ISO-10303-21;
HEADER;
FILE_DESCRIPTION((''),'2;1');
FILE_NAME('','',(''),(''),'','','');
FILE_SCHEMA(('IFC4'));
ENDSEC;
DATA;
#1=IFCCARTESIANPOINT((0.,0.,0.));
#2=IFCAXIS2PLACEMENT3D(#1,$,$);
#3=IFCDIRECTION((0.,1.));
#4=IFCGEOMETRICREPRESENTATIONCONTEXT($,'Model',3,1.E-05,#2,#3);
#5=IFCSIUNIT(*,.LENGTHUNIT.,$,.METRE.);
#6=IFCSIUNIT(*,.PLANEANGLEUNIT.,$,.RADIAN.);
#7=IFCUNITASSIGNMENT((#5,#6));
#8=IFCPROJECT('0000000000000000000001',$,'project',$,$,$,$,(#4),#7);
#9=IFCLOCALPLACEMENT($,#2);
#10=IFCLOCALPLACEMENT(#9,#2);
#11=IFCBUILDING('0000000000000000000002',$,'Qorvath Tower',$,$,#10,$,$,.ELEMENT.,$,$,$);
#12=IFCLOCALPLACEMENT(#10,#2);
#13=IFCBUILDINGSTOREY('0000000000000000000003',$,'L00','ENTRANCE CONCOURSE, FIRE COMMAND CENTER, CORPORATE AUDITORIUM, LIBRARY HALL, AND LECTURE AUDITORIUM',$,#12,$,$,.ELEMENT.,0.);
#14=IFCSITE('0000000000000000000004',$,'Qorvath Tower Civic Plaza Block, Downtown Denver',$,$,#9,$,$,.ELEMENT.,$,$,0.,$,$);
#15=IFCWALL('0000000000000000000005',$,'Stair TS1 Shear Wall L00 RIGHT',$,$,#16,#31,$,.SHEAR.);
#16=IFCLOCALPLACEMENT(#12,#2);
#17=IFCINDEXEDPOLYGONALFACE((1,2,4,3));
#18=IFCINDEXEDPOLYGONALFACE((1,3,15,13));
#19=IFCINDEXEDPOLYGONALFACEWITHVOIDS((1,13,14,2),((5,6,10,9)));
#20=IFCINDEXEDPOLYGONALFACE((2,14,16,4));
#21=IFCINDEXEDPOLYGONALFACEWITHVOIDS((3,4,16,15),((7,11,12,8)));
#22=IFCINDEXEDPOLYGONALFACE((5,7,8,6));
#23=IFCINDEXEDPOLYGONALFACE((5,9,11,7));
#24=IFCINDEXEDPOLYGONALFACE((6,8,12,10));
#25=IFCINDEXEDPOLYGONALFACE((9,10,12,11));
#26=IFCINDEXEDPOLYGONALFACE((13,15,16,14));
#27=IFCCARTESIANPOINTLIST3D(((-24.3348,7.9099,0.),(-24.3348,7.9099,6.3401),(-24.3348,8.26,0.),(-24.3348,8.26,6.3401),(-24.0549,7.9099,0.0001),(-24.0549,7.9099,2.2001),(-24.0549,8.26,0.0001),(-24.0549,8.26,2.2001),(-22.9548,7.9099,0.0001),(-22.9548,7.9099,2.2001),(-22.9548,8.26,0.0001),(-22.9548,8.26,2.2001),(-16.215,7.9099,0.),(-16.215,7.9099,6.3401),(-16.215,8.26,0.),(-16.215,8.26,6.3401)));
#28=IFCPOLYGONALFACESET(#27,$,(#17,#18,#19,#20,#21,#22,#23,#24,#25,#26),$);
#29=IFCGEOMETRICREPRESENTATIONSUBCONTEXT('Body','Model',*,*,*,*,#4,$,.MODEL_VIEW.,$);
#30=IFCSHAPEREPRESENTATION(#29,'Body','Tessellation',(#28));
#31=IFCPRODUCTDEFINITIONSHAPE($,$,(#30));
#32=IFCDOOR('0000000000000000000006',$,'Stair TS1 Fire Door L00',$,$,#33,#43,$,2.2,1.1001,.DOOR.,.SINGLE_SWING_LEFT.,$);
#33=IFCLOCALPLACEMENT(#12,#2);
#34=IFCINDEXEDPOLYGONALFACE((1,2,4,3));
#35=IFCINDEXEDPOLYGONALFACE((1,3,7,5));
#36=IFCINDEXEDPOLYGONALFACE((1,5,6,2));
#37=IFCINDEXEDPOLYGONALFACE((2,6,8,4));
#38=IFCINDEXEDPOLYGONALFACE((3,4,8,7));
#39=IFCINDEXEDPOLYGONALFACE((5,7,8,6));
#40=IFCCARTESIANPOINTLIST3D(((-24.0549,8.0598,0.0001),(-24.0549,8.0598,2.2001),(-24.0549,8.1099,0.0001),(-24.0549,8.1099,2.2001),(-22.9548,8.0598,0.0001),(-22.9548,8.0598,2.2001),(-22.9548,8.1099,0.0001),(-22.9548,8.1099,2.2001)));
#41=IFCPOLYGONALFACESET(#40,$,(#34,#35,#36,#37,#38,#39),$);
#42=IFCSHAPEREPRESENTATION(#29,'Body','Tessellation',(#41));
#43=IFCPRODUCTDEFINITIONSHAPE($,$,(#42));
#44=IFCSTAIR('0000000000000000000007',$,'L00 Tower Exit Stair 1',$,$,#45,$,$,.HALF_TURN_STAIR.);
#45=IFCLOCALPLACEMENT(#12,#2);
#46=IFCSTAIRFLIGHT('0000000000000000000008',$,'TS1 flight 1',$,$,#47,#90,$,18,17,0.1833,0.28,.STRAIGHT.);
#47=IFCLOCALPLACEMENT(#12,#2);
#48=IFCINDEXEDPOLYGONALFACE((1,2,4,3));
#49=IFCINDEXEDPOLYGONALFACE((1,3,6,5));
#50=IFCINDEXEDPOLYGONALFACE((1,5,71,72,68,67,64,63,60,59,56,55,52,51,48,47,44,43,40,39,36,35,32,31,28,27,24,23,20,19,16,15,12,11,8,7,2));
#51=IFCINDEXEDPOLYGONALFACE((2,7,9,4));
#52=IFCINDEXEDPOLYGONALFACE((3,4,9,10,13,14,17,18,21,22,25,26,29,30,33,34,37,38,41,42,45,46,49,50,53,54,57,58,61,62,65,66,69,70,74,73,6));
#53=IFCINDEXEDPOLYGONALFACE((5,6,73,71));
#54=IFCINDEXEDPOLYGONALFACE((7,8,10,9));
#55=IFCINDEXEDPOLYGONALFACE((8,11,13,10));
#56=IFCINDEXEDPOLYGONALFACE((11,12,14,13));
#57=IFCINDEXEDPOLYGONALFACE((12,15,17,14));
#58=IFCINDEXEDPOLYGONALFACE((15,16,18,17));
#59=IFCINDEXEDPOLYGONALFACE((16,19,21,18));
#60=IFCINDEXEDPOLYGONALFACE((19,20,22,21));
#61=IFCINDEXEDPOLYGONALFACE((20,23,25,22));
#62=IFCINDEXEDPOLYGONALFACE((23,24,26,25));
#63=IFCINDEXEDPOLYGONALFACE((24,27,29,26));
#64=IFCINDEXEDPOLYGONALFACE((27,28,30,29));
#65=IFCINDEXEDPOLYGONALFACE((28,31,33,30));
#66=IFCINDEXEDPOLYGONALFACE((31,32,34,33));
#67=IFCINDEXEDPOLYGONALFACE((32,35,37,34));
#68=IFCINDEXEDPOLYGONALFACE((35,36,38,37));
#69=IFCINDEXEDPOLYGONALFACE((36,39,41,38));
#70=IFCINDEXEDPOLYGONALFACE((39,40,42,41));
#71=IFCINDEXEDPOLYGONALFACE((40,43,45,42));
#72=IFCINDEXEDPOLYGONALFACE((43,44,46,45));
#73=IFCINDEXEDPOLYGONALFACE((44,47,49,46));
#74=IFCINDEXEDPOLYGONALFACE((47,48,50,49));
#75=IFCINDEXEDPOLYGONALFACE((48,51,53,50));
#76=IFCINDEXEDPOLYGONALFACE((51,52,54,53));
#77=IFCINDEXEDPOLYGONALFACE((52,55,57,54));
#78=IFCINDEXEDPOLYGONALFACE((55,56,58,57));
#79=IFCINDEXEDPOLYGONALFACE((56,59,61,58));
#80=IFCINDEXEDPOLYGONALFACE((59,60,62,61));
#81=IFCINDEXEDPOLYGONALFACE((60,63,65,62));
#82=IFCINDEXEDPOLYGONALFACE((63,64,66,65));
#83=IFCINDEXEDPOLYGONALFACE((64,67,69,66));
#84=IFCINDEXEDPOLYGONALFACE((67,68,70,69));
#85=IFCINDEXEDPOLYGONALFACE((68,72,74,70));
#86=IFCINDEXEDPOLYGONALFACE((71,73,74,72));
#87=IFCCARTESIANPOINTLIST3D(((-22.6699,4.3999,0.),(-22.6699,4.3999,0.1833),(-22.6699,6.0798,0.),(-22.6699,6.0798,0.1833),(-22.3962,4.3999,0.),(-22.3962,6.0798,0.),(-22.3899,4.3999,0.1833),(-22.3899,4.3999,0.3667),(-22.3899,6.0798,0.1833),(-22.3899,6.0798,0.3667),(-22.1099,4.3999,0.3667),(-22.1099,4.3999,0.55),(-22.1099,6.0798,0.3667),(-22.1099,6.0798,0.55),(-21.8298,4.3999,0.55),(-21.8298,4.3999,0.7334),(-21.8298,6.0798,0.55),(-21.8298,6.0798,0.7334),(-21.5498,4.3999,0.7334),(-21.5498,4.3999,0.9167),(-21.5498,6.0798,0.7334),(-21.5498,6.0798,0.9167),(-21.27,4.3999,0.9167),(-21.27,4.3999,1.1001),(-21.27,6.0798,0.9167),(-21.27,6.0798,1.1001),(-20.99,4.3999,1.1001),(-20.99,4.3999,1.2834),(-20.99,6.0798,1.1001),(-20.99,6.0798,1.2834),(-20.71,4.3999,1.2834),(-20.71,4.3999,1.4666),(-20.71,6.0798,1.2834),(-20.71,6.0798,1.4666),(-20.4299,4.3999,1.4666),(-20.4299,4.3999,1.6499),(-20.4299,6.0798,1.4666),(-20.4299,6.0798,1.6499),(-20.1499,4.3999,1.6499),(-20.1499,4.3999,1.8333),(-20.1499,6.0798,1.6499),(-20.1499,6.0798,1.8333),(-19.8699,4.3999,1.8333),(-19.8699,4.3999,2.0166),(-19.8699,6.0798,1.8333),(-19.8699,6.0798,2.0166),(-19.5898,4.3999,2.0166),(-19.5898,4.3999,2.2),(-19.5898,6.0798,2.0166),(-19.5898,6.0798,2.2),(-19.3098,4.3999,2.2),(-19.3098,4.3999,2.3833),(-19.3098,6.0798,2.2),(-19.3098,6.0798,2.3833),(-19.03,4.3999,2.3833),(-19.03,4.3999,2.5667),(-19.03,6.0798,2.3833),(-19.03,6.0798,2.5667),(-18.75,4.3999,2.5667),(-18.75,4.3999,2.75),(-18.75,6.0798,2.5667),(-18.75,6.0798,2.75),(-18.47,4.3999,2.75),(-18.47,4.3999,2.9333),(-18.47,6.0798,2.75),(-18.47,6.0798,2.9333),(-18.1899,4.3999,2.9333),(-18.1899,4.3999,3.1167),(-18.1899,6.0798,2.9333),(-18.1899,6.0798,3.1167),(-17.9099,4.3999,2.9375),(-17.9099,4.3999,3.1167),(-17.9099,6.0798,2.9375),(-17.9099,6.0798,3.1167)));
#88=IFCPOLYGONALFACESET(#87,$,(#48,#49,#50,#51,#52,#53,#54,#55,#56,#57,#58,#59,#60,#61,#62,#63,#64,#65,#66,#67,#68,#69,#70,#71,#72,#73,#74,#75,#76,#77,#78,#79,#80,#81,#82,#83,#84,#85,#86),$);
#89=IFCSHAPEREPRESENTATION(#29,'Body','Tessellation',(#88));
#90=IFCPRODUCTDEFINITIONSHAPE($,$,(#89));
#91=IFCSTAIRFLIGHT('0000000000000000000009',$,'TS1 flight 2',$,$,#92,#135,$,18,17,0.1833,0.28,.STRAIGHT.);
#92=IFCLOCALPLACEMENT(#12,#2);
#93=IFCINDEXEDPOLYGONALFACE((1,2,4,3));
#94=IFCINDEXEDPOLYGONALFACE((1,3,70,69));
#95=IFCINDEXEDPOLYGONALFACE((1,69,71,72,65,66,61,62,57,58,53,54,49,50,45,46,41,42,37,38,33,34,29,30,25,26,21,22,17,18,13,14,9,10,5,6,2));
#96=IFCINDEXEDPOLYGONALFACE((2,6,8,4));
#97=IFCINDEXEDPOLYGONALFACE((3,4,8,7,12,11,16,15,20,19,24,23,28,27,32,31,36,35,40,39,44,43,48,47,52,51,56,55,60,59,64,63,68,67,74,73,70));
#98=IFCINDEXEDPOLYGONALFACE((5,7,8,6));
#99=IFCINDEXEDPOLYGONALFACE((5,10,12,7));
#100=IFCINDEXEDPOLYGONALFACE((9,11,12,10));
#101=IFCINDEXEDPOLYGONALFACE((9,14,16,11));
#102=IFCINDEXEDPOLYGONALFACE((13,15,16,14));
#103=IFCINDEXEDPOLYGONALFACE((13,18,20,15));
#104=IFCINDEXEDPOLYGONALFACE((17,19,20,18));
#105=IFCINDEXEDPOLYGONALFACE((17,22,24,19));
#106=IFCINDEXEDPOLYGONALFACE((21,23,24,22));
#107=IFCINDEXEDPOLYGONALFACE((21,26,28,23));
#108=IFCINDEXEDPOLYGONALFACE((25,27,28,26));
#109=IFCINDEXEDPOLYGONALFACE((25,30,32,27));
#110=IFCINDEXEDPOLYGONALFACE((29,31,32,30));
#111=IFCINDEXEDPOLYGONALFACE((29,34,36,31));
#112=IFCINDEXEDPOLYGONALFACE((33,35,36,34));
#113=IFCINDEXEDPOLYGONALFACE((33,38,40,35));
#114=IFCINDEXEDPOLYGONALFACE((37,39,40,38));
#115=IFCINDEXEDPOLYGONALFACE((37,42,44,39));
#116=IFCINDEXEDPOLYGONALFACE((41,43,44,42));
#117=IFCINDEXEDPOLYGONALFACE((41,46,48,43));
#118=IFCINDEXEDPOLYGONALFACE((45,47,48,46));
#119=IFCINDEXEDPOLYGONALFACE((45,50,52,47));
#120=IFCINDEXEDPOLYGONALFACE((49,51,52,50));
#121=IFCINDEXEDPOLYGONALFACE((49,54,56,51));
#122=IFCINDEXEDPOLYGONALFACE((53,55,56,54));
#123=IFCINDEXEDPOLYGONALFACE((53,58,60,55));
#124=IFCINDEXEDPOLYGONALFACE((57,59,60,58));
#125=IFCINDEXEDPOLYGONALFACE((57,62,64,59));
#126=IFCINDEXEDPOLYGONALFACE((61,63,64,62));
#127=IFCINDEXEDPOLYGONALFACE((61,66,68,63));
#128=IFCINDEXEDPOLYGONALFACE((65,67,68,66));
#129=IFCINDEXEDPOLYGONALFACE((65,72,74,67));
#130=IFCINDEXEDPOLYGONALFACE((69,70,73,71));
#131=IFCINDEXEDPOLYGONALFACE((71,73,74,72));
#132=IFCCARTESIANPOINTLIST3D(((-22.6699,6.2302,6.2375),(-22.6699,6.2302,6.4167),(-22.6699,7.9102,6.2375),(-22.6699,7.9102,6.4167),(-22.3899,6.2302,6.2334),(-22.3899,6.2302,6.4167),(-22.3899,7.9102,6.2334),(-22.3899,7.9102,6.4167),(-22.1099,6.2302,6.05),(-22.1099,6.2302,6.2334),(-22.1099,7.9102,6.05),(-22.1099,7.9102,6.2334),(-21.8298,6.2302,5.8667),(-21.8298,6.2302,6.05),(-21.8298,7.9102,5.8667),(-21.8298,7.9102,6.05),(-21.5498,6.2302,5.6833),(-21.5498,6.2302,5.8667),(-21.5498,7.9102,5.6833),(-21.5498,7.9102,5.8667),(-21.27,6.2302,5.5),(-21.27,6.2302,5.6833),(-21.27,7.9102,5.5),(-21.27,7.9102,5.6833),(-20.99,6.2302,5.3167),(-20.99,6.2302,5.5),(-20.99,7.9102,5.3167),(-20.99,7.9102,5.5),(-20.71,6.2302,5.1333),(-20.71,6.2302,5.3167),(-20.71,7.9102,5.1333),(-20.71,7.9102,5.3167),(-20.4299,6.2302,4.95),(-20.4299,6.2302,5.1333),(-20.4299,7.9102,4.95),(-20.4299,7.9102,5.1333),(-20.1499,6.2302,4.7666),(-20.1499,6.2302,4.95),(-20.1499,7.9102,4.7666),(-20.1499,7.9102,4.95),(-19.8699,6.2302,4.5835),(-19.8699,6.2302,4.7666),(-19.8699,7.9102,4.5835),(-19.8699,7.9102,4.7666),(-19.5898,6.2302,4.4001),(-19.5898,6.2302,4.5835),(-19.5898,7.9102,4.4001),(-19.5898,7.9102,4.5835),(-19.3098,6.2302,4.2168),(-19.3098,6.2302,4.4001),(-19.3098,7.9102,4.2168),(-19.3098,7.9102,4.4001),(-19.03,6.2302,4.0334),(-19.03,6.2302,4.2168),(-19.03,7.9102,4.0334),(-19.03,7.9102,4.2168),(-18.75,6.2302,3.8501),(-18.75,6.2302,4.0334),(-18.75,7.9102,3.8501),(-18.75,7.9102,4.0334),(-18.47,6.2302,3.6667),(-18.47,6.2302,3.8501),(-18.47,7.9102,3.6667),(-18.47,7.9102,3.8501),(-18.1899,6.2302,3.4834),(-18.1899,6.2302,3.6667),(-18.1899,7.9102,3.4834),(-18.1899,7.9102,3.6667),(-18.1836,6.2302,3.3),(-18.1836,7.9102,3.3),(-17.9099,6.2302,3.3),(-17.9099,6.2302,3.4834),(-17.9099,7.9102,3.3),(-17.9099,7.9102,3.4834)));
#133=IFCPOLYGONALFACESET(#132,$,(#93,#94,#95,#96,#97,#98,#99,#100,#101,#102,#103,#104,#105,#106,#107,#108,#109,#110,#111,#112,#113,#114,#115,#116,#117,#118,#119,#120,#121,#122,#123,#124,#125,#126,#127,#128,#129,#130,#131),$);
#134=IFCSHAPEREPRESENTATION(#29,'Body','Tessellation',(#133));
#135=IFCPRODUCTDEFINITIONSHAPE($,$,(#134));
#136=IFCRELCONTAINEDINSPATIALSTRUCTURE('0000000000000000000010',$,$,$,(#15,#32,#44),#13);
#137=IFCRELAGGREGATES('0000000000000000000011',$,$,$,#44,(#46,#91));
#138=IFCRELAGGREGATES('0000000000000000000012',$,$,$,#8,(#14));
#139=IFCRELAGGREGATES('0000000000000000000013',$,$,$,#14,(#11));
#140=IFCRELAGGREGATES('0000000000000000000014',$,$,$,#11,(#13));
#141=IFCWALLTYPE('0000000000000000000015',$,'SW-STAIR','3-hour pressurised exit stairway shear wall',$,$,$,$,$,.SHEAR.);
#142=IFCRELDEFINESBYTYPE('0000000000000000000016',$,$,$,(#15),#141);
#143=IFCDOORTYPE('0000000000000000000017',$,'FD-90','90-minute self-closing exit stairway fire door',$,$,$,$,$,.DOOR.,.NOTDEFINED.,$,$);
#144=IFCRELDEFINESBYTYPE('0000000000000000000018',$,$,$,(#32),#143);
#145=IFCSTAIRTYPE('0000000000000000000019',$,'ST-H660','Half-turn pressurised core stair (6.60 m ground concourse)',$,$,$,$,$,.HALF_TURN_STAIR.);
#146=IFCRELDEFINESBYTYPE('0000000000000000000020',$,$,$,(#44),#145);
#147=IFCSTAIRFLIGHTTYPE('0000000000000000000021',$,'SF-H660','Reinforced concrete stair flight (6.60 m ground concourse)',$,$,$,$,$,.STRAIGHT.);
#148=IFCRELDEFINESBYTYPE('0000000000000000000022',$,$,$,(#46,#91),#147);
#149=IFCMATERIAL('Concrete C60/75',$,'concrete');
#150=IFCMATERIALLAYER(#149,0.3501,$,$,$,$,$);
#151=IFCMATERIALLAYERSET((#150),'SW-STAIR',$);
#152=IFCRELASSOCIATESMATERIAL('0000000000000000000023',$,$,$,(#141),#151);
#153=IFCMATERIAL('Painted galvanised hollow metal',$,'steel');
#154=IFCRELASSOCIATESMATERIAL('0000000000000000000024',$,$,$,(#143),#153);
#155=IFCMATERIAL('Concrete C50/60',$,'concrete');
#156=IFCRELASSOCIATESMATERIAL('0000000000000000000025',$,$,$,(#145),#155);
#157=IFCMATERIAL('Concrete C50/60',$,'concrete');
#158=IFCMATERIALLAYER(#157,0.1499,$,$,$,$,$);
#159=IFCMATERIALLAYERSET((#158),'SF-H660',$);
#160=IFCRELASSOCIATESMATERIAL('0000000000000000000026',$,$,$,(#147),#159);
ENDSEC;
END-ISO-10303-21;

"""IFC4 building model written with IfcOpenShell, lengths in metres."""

from ifc_helpers import new_model, si_unit, direction, frame, frame_2d, origin, place, context, subcontext, project, spatial, polyline, rectangle, outline, extrude, material, layer, layer_set, type_object, element, fill, aggregate, save


model = new_model("IFC4")

# Units and contexts
model_context = context("Model", 3, precision=1e-05, world=origin(), true_north=direction((0.0, 1.0)))
body_context = subcontext(model_context, "Body", "Model", "MODEL_VIEW")
ifc_project = project(units=[si_unit("LENGTHUNIT", "METRE"), si_unit("PLANEANGLEUNIT", "RADIAN")], contexts=[model_context])

# Site, building, storey
site_placement = place(None, origin())
site = spatial("IfcSite", under=ifc_project, at=site_placement, Name="Qorvath Tower Civic Plaza Block, Downtown Denver", CompositionType="ELEMENT", RefElevation=0.0)
building_placement = place(site_placement, origin())
building = spatial("IfcBuilding", under=site, at=building_placement, Name="Qorvath Tower", CompositionType="ELEMENT")
storey_placement = place(building_placement, origin())
storey = spatial("IfcBuildingStorey", under=building, at=storey_placement, Name="L00", Description="ENTRANCE CONCOURSE, FIRE COMMAND CENTER, CORPORATE AUDITORIUM, LIBRARY HALL, AND LECTURE AUDITORIUM", CompositionType="ELEMENT", Elevation=0.0)

# Shared definitions
ifc_material_1 = material(Name="Concrete C60/75", Category="concrete")
ifc_layer_1 = layer(ifc_material_1, 0.3501)
ifc_layer_set_1 = layer_set([ifc_layer_1], Name="SW-STAIR")
wall_type_1 = type_object("IfcWallType", Name="SW-STAIR", Description="3-hour pressurised exit stairway shear wall", PredefinedType="SHEAR", material=ifc_layer_set_1)

# Wall, opening, door
wall_1_placement = place(storey_placement, frame((-24.335, 8.085, 0.0), z_axis=(0.0, 0.0, 1.0), x_axis=(1.0, 0.0, 0.0)))
wall_1 = element("IfcWall", 1, at=wall_1_placement, inside=storey, type_object=wall_type_1, Name="Stair TS1 Shear Wall L00 RIGHT", PredefinedType="SHEAR", context=body_context, shape_type="SweptSolid", body=[
    extrude(rectangle(XDim=8.1199, YDim=0.3501, at=frame_2d((4.0601, 0.0))), origin(), (0.0, 0.0, 1.0), 6.3401),
])
opening_1_placement = place(wall_1_placement, frame((0.28, 0.0, 0.0)))
opening_1 = element("IfcOpeningElement", 2, at=opening_1_placement, cuts=wall_1, PredefinedType="OPENING", context=body_context, shape_type="SweptSolid", body=[
    extrude(rectangle(XDim=1.1001, YDim=2.2, at=frame_2d((0.55, 1.1001))), frame((0.0, 0.1851, 0.0), z_axis=(0.0, -1.0, 0.0), x_axis=(1.0, 0.0, 0.0)), (0.0, 0.0, 1.0), 0.3701),
])
ifc_material_2 = material(Name="Painted galvanised hollow metal", Category="steel")
door_type_1 = type_object("IfcDoorType", Name="FD-90", Description="90-minute self-closing exit stairway fire door", OperationType="NOTDEFINED", PredefinedType="DOOR", material=ifc_material_2)
door_1_placement = place(opening_1_placement, origin())
door_1 = element("IfcDoor", 3, at=door_1_placement, inside=storey, type_object=door_type_1, Name="Stair TS1 Fire Door L00", OperationType="SINGLE_SWING_LEFT", OverallHeight=2.2, OverallWidth=1.1001, PredefinedType="DOOR", context=body_context, shape_type="SweptSolid", body=[
    extrude(rectangle(XDim=1.1001, YDim=2.2, at=frame_2d((0.55, 1.1001))), frame((0.0, 0.0249, 0.0), z_axis=(0.0, -1.0, 0.0), x_axis=(1.0, 0.0, 0.0)), (0.0, 0.0, 1.0), 0.05),
])
fill(opening_1, door_1)

# Stair, stair flights
ifc_material_3 = material(Name="Concrete C50/60", Category="concrete")
stair_type = type_object("IfcStairType", Name="ST-H660", Description="Half-turn pressurised core stair (6.60 m ground concourse)", PredefinedType="HALF_TURN_STAIR", material=ifc_material_3)
stair_placement = place(storey_placement, origin())
stair = element("IfcStair", 4, at=stair_placement, inside=storey, type_object=stair_type, Name="L00 Tower Exit Stair 1", PredefinedType="HALF_TURN_STAIR")
ifc_material_4 = material(Name="Concrete C50/60", Category="concrete")
ifc_layer_2 = layer(ifc_material_4, 0.1499)
ifc_layer_set_2 = layer_set([ifc_layer_2], Name="SF-H660")
stair_flight_type = type_object("IfcStairFlightType", Name="SF-H660", Description="Reinforced concrete stair flight (6.60 m ground concourse)", PredefinedType="STRAIGHT", material=ifc_layer_set_2)
stair_flight_1_placement = place(storey_placement, frame((-22.6699, 5.24, 0.0), z_axis=(0.0, 0.0, 1.0), x_axis=(1.0, 0.0, 0.0)))
stair_flight_1 = element("IfcStairFlight", 5, at=stair_flight_1_placement, type_object=stair_flight_type, Name="TS1 flight 1", NumberOfRisers=18, NumberOfTreads=17, PredefinedType="STRAIGHT", RiserHeight=0.1833, TreadLength=0.28, context=body_context, shape_type="SweptSolid", body=[
    extrude(outline(polyline([(0.0, 0.0), (0.0, 0.1833), (0.28, 0.1833), (0.28, 0.3667), (0.5601, 0.3667), (0.5601, 0.55), (0.8401, 0.55), (0.8401, 0.7334), (1.1201, 0.7334), (1.1201, 0.9167), (1.3999, 0.9167), (1.3999, 1.1001), (1.6799, 1.1001), (1.6799, 1.2834), (1.96, 1.2834), (1.96, 1.4666), (2.24, 1.4666), (2.24, 1.6499), (2.52, 1.6499), (2.52, 1.8333), (2.8, 1.8333), (2.8, 2.0166), (3.0801, 2.0166), (3.0801, 2.2), (3.3601, 2.2), (3.3601, 2.3833), (3.6399, 2.3833), (3.6399, 2.5667), (3.9199, 2.5667), (3.9199, 2.75), (4.2, 2.75), (4.2, 2.9333), (4.48, 2.9333), (4.48, 3.1167), (4.76, 3.1167), (4.76, 3.3), (4.76, 2.9375), (0.2737, 0.0), (0.0, 0.0)])), frame((0.0, 0.8398, 0.0), z_axis=(0.0, -1.0, 0.0), x_axis=(1.0, 0.0, 0.0)), (0.0, 0.0, 1.0), 1.6799),
])
stair_flight_2_placement = place(storey_placement, frame((-17.9099, 7.0701, 3.3), z_axis=(0.0, 0.0, 1.0), x_axis=(-1.0, 0.0, 0.0)))
stair_flight_2 = element("IfcStairFlight", 6, at=stair_flight_2_placement, type_object=stair_flight_type, Name="TS1 flight 2", NumberOfRisers=18, NumberOfTreads=17, PredefinedType="STRAIGHT", RiserHeight=0.1833, TreadLength=0.28, context=body_context, shape_type="SweptSolid", body=[
    extrude(outline(polyline([(0.0, 0.0), (0.0, 0.1833), (0.28, 0.1833), (0.28, 0.3667), (0.5601, 0.3667), (0.5601, 0.55), (0.8401, 0.55), (0.8401, 0.7334), (1.1201, 0.7334), (1.1201, 0.9167), (1.3999, 0.9167), (1.3999, 1.1001), (1.6799, 1.1001), (1.6799, 1.2834), (1.96, 1.2834), (1.96, 1.4666), (2.24, 1.4666), (2.24, 1.6499), (2.52, 1.6499), (2.52, 1.8333), (2.8, 1.8333), (2.8, 2.0166), (3.0801, 2.0166), (3.0801, 2.2), (3.3601, 2.2), (3.3601, 2.3833), (3.6399, 2.3833), (3.6399, 2.5667), (3.9199, 2.5667), (3.9199, 2.75), (4.2, 2.75), (4.2, 2.9333), (4.48, 2.9333), (4.48, 3.1167), (4.76, 3.1167), (4.76, 3.3), (4.76, 2.9375), (0.2737, 0.0), (0.0, 0.0)])), frame((0.0, 0.8398, 0.0), z_axis=(0.0, -1.0, 0.0), x_axis=(1.0, 0.0, 0.0)), (0.0, 0.0, 1.0), 1.6799),
])
aggregate(stair, [stair_flight_1, stair_flight_2])

save(model, "model.ifc")
